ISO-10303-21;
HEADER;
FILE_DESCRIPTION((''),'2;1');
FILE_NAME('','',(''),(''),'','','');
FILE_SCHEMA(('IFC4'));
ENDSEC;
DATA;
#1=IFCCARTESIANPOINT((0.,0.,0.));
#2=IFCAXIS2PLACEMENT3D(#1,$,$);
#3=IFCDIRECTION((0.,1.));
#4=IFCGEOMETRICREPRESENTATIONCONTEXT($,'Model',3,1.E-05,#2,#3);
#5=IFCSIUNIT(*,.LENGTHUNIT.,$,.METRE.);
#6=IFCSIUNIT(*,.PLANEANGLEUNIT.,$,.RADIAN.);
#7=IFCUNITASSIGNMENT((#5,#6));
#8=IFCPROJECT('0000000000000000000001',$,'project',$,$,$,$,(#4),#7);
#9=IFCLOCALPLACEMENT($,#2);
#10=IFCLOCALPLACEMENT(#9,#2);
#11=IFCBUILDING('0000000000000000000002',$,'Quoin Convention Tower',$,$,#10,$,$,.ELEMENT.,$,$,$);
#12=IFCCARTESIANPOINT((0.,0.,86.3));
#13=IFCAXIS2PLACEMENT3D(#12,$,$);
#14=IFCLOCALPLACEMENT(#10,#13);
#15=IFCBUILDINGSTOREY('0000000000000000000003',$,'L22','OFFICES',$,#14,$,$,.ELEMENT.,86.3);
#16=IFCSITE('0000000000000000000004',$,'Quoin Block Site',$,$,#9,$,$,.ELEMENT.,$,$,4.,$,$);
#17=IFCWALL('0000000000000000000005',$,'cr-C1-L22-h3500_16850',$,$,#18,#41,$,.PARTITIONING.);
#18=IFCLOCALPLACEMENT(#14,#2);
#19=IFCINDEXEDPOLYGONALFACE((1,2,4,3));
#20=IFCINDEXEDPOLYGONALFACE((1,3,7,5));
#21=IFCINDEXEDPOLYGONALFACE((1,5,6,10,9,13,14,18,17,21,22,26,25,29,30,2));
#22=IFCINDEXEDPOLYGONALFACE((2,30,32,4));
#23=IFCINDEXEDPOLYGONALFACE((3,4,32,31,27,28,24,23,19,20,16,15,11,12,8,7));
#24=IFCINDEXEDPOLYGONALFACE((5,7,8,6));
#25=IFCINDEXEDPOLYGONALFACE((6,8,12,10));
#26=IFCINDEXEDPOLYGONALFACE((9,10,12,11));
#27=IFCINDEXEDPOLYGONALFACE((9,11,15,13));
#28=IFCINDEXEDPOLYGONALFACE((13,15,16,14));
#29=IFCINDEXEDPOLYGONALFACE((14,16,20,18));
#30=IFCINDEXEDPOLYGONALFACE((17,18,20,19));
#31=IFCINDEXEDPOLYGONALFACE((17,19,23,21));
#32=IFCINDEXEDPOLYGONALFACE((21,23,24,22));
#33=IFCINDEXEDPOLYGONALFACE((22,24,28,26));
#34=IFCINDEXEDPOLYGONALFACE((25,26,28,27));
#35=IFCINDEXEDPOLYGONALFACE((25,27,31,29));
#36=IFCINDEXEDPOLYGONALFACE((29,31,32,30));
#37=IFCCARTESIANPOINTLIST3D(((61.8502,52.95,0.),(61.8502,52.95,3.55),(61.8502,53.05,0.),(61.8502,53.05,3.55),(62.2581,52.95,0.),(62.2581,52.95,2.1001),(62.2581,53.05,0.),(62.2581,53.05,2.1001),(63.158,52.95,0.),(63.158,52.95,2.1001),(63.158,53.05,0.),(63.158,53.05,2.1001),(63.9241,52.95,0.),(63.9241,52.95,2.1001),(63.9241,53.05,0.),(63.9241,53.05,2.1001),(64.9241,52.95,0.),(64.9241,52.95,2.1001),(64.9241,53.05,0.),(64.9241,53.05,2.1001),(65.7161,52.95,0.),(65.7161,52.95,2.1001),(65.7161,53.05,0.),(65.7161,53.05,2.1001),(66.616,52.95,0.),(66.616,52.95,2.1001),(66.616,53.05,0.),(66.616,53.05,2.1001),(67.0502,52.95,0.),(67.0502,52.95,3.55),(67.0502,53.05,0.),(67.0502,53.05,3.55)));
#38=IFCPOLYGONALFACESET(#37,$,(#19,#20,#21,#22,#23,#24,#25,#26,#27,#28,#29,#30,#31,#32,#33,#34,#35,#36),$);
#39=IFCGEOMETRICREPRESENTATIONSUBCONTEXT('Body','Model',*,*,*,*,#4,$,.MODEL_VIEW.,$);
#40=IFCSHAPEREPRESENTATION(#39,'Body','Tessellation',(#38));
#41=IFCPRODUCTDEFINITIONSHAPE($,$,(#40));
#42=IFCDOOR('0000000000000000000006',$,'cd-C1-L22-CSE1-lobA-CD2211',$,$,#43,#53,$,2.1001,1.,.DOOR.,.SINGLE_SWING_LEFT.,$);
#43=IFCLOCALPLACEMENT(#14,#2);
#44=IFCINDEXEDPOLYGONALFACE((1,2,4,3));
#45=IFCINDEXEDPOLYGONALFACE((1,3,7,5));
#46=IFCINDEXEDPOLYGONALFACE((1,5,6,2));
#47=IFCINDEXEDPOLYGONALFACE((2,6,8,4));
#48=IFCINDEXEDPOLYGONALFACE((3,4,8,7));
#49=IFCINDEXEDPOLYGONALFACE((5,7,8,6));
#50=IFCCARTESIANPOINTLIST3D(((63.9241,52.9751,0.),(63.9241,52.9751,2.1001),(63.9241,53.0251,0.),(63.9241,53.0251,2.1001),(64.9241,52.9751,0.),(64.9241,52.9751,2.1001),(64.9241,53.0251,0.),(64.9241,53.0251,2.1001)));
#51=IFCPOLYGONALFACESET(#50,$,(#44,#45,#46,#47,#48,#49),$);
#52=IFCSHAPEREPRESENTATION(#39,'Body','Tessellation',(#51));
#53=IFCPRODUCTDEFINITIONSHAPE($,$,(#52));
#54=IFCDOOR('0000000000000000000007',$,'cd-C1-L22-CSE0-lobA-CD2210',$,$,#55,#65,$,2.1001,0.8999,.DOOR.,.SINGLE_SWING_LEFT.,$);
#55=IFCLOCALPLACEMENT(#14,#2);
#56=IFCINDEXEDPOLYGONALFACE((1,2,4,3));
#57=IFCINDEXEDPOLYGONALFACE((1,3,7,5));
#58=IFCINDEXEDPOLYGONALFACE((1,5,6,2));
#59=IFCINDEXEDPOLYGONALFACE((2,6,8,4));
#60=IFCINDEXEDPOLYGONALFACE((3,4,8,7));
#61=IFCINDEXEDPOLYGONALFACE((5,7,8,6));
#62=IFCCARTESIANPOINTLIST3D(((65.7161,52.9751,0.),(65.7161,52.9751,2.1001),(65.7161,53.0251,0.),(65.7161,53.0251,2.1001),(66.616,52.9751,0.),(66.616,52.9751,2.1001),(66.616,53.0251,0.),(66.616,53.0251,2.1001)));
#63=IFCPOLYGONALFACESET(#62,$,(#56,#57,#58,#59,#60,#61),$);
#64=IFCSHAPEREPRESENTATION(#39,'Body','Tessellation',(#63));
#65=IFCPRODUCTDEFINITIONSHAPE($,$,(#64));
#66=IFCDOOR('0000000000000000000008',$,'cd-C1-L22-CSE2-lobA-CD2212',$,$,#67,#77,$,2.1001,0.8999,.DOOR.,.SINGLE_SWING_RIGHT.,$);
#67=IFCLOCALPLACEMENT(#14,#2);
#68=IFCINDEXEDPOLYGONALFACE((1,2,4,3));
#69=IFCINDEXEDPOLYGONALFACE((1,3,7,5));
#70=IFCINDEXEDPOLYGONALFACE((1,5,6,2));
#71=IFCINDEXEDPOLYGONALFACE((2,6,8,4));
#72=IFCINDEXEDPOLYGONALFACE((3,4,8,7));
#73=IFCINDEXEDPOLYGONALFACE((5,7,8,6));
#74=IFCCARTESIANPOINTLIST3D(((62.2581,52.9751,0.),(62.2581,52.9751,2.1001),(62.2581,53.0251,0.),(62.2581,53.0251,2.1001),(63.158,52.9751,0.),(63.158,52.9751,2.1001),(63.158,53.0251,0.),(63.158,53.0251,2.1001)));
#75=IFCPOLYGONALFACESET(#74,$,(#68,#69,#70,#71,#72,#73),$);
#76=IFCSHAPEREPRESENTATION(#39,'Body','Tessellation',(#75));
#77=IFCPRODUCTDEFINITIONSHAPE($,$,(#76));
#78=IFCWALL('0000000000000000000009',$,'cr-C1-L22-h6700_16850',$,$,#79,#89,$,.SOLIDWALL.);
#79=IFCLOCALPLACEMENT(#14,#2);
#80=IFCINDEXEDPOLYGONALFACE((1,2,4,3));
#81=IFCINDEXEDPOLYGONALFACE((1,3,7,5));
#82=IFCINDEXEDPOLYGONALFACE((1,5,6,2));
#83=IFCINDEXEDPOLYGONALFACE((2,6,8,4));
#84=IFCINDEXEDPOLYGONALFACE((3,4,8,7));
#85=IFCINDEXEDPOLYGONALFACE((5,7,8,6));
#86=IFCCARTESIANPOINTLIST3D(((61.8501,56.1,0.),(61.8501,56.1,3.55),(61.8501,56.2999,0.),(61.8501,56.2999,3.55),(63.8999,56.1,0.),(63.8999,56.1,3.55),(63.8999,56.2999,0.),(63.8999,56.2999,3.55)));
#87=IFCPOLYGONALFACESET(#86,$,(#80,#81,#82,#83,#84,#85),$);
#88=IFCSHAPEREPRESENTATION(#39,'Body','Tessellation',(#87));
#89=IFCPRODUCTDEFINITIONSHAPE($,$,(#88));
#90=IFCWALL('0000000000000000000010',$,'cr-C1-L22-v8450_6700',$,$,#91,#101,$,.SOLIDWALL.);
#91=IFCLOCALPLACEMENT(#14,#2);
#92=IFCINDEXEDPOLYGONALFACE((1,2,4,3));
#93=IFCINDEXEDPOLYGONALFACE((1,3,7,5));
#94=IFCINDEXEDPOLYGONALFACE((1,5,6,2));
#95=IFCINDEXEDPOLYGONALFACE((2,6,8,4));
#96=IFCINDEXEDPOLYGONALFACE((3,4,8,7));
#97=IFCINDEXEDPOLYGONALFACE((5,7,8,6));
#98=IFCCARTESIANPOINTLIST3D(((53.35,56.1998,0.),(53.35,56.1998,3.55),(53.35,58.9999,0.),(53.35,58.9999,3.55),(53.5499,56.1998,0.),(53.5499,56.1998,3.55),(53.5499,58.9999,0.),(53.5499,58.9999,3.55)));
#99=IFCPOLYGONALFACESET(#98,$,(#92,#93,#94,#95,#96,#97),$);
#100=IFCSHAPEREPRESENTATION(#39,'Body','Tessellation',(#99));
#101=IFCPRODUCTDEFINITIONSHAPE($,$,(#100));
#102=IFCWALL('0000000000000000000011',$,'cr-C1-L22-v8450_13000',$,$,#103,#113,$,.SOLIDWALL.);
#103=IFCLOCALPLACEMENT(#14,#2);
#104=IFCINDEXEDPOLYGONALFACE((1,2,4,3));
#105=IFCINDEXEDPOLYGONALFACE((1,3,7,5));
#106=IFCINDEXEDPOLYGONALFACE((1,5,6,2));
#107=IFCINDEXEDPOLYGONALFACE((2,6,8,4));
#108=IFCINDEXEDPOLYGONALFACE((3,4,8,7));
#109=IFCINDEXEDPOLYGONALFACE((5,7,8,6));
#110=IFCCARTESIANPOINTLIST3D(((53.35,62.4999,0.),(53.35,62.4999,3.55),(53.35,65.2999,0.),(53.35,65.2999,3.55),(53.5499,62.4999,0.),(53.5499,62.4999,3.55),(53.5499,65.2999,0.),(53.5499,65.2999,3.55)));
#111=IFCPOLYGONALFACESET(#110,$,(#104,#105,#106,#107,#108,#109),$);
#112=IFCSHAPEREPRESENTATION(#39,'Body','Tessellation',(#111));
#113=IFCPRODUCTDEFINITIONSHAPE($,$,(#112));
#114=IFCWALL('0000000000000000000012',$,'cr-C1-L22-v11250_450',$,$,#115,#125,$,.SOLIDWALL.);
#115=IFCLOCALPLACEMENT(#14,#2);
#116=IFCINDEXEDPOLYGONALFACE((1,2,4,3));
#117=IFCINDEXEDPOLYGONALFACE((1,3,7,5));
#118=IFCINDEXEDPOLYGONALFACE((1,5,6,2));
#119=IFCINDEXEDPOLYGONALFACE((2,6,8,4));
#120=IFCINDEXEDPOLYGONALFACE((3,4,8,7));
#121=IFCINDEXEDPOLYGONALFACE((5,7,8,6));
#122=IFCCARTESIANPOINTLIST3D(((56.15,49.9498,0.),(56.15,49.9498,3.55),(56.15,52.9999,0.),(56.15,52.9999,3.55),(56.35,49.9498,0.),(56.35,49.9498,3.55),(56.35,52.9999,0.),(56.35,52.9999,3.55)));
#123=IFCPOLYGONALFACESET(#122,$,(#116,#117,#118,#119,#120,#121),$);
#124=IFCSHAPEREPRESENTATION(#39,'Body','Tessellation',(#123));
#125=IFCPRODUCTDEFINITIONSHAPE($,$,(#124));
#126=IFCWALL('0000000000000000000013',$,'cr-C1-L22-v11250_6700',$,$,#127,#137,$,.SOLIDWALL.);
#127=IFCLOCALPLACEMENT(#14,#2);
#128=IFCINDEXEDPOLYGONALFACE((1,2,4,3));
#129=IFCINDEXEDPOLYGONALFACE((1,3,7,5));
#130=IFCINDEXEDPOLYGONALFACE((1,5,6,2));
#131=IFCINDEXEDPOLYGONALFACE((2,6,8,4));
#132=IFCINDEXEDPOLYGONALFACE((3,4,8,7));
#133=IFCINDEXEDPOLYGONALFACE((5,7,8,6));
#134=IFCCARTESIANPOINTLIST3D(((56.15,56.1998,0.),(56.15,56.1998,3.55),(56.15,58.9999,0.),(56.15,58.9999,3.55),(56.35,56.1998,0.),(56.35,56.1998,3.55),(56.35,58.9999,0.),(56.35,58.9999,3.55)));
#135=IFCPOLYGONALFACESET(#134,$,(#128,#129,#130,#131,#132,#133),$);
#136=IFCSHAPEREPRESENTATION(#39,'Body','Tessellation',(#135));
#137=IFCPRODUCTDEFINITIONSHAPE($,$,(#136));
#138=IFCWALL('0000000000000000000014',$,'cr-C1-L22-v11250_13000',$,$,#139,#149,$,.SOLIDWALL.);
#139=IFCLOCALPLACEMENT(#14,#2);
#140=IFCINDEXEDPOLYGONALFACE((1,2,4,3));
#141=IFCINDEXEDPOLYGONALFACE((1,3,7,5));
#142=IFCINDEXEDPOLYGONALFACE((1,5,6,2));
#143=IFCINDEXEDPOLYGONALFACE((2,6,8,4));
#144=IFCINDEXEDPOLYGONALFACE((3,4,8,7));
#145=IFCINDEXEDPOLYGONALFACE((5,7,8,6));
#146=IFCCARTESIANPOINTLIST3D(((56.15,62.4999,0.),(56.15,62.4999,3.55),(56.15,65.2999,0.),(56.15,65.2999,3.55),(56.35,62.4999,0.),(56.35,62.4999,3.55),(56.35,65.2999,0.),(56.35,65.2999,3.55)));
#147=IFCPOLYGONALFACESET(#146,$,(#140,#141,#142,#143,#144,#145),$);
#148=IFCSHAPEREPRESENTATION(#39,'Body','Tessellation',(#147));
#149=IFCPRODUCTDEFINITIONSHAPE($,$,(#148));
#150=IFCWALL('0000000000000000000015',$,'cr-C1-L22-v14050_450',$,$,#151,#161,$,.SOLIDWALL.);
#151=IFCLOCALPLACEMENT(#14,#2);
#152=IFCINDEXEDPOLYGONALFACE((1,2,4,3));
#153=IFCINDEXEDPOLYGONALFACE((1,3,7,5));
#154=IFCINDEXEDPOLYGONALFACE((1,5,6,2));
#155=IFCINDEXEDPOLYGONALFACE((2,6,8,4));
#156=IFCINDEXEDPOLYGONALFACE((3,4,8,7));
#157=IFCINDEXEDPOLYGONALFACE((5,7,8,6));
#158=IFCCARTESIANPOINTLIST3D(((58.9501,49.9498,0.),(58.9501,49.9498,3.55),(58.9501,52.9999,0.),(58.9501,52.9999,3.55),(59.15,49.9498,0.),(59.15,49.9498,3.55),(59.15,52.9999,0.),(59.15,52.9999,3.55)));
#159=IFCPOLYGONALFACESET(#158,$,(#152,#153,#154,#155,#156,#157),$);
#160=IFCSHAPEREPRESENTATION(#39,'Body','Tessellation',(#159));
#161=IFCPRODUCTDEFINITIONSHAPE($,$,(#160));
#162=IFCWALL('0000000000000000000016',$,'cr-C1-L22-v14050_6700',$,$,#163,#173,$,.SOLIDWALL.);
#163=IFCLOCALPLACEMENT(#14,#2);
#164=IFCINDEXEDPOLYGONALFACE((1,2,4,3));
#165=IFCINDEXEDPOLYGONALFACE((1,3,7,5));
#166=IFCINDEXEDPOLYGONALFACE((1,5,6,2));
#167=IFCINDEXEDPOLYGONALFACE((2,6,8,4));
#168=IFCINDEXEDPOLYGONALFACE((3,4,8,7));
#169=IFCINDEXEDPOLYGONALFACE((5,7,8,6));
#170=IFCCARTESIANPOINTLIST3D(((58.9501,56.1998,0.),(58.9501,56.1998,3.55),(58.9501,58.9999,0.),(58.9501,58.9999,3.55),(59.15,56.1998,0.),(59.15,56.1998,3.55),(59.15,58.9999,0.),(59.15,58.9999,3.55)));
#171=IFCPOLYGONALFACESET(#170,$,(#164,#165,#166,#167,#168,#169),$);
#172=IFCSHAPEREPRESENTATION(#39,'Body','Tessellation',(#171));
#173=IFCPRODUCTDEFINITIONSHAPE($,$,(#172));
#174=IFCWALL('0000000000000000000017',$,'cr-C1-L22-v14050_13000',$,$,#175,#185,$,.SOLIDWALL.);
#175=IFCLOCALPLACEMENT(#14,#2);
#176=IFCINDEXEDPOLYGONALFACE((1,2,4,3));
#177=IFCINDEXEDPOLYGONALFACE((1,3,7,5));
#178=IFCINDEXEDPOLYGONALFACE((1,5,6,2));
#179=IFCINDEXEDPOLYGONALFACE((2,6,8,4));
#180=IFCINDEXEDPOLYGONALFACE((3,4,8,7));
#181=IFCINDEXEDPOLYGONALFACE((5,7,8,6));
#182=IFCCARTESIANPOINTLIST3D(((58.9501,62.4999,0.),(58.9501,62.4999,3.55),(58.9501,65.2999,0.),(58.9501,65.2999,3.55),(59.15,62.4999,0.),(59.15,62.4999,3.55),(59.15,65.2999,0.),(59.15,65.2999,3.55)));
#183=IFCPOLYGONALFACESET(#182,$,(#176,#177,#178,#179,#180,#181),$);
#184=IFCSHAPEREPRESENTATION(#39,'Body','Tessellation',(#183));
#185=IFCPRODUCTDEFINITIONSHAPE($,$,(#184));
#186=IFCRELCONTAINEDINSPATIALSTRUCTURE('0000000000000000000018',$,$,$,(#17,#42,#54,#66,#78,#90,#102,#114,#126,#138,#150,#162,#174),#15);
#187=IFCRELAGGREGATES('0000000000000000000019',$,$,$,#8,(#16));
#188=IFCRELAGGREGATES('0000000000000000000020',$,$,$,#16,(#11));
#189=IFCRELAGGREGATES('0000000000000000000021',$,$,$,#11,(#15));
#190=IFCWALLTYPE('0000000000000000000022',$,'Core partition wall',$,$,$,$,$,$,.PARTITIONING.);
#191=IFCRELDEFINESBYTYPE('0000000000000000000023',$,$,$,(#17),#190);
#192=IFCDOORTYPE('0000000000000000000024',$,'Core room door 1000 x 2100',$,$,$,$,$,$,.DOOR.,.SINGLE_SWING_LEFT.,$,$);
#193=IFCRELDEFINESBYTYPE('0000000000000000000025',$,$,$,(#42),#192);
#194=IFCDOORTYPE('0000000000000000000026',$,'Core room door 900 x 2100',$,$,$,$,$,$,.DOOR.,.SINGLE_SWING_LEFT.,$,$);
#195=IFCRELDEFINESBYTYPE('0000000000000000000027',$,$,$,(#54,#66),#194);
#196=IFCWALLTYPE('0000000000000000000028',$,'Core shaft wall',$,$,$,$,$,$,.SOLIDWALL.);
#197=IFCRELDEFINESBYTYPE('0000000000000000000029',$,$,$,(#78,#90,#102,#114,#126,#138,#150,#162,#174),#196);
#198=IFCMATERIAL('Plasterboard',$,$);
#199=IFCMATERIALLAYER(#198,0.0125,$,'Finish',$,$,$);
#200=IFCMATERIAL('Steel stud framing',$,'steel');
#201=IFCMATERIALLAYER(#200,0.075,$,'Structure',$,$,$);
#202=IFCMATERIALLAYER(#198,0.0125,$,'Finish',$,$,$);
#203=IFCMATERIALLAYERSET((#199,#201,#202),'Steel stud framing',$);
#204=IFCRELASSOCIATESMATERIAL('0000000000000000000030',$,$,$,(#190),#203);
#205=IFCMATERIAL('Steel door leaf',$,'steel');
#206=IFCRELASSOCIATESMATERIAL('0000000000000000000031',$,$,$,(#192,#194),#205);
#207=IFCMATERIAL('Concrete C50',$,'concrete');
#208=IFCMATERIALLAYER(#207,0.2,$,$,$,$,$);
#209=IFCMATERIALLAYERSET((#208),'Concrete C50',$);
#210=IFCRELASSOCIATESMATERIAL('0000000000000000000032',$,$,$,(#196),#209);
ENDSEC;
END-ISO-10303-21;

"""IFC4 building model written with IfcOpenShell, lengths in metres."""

from ifc_helpers import new_model, si_unit, direction, frame, frame_2d, origin, place, context, subcontext, project, spatial, rectangle, extrude, material, layer, layer_set, type_object, element, fill, save


model = new_model("IFC4")

# Units and contexts
model_context = context("Model", 3, precision=1e-05, world=origin(), true_north=direction((0.0, 1.0)))
body_context = subcontext(model_context, "Body", "Model", "MODEL_VIEW")
ifc_project = project(units=[si_unit("LENGTHUNIT", "METRE"), si_unit("PLANEANGLEUNIT", "RADIAN")], contexts=[model_context])

# Site, building, storey
site_placement = place(None, origin())
site = spatial("IfcSite", under=ifc_project, at=site_placement, Name="Quoin Block Site", CompositionType="ELEMENT", RefElevation=4.0)
building_placement = place(site_placement, origin())
building = spatial("IfcBuilding", under=site, at=building_placement, Name="Quoin Convention Tower", CompositionType="ELEMENT")
storey_placement = place(building_placement, frame((0.0, 0.0, 86.3)))
storey = spatial("IfcBuildingStorey", under=building, at=storey_placement, Name="L22", Description="OFFICES", CompositionType="ELEMENT", Elevation=86.3)

# Wall, openings, doors
ifc_material_1 = material(Name="Plasterboard")
ifc_layer_1 = layer(ifc_material_1, 0.0125, Name="Finish")
ifc_material_2 = material(Name="Steel stud framing", Category="steel")
ifc_layer_2 = layer(ifc_material_2, 0.075, Name="Structure")
ifc_layer_3 = layer(ifc_material_1, 0.0125, Name="Finish")
ifc_layer_set_1 = layer_set([ifc_layer_1, ifc_layer_2, ifc_layer_3], Name="Steel stud framing")
wall_type_1 = type_object("IfcWallType", Name="Core partition wall", PredefinedType="PARTITIONING", material=ifc_layer_set_1)
wall_1_placement = place(storey_placement, frame((61.8501, 53.0, 0.0), z_axis=(0.0, 0.0, 1.0), x_axis=(1.0, 0.0, 0.0)))
wall_1 = element("IfcWall", 1, at=wall_1_placement, inside=storey, type_object=wall_type_1, Name="cr-C1-L22-h3500_16850", PredefinedType="PARTITIONING", context=body_context, shape_type="SweptSolid", body=[
    extrude(rectangle(XDim=5.2, YDim=0.1001, at=frame_2d((2.6001, 0.0))), origin(), (0.0, 0.0, 1.0), 3.55),
])
opening_1_placement = place(wall_1_placement, frame((3.866, 0.0, 0.0)))
opening_1 = element("IfcOpeningElement", 2, at=opening_1_placement, cuts=wall_1, PredefinedType="OPENING", context=body_context, shape_type="SweptSolid", body=[
    extrude(rectangle(XDim=0.8999, YDim=2.1001, at=frame_2d((0.45, 1.05))), frame((0.0, 0.0601, 0.0), z_axis=(0.0, -1.0, 0.0), x_axis=(1.0, 0.0, 0.0)), (0.0, 0.0, 1.0), 0.1201),
])
opening_2_placement = place(wall_1_placement, frame((2.074, 0.0, 0.0)))
opening_2 = element("IfcOpeningElement", 3, at=opening_2_placement, cuts=wall_1, PredefinedType="OPENING", context=body_context, shape_type="SweptSolid", body=[
    extrude(rectangle(XDim=1.0, YDim=2.1001, at=frame_2d((0.5, 1.05))), frame((0.0, 0.0601, 0.0), z_axis=(0.0, -1.0, 0.0), x_axis=(1.0, 0.0, 0.0)), (0.0, 0.0, 1.0), 0.1201),
])
opening_3_placement = place(wall_1_placement, frame((0.408, 0.0, 0.0)))
opening_3 = element("IfcOpeningElement", 4, at=opening_3_placement, cuts=wall_1, PredefinedType="OPENING", context=body_context, shape_type="SweptSolid", body=[
    extrude(rectangle(XDim=0.8999, YDim=2.1001, at=frame_2d((0.45, 1.05))), frame((0.0, 0.0601, 0.0), z_axis=(0.0, -1.0, 0.0), x_axis=(1.0, 0.0, 0.0)), (0.0, 0.0, 1.0), 0.1201),
])
ifc_material_3 = material(Name="Steel door leaf", Category="steel")
door_type_1 = type_object("IfcDoorType", Name="Core room door 1000 x 2100", OperationType="SINGLE_SWING_LEFT", PredefinedType="DOOR", material=ifc_material_3)
door_1_placement = place(opening_2_placement, frame((1.0, 0.0, 0.0), z_axis=(0.0, 0.0, 1.0), x_axis=(-1.0, 0.0, 0.0)))
door_1 = element("IfcDoor", 5, at=door_1_placement, inside=storey, type_object=door_type_1, Name="cd-C1-L22-CSE1-lobA-CD2211", OperationType="SINGLE_SWING_LEFT", OverallHeight=2.1001, OverallWidth=1.0, PredefinedType="DOOR", context=body_context, shape_type="SweptSolid", body=[
    extrude(rectangle(XDim=1.0, YDim=2.1001, at=frame_2d((0.5, 1.05))), frame((0.0, 0.0249, 0.0), z_axis=(0.0, -1.0, 0.0), x_axis=(1.0, 0.0, 0.0)), (0.0, 0.0, 1.0), 0.05),
])
fill(opening_2, door_1)
door_type_2 = type_object("IfcDoorType", Name="Core room door 900 x 2100", OperationType="SINGLE_SWING_LEFT", PredefinedType="DOOR", material=ifc_material_3)
door_2_placement = place(opening_1_placement, frame((0.8999, 0.0, 0.0), z_axis=(0.0, 0.0, 1.0), x_axis=(-1.0, 0.0, 0.0)))
door_2 = element("IfcDoor", 6, at=door_2_placement, inside=storey, type_object=door_type_2, Name="cd-C1-L22-CSE0-lobA-CD2210", OperationType="SINGLE_SWING_LEFT", OverallHeight=2.1001, OverallWidth=0.8999, PredefinedType="DOOR", context=body_context, shape_type="SweptSolid", body=[
    extrude(rectangle(XDim=0.8999, YDim=2.1001, at=frame_2d((0.45, 1.05))), frame((0.0, 0.0249, 0.0), z_axis=(0.0, -1.0, 0.0), x_axis=(1.0, 0.0, 0.0)), (0.0, 0.0, 1.0), 0.05),
])
fill(opening_1, door_2)
door_3_placement = place(opening_3_placement, frame((0.8999, 0.0, 0.0), z_axis=(0.0, 0.0, 1.0), x_axis=(-1.0, 0.0, 0.0)))
door_3 = element("IfcDoor", 7, at=door_3_placement, inside=storey, type_object=door_type_2, Name="cd-C1-L22-CSE2-lobA-CD2212", OperationType="SINGLE_SWING_RIGHT", OverallHeight=2.1001, OverallWidth=0.8999, PredefinedType="DOOR", context=body_context, shape_type="SweptSolid", body=[
    extrude(rectangle(XDim=0.8999, YDim=2.1001, at=frame_2d((0.45, 1.05))), frame((0.0, 0.0249, 0.0), z_axis=(0.0, -1.0, 0.0), x_axis=(1.0, 0.0, 0.0)), (0.0, 0.0, 1.0), 0.05),
])
fill(opening_3, door_3)

# Walls
ifc_material_4 = material(Name="Concrete C50", Category="concrete")
ifc_layer_4 = layer(ifc_material_4, 0.2)
ifc_layer_set_2 = layer_set([ifc_layer_4], Name="Concrete C50")
wall_type_2 = type_object("IfcWallType", Name="Core shaft wall", PredefinedType="SOLIDWALL", material=ifc_layer_set_2)
wall_2_placement = place(storey_placement, frame((61.8501, 56.2, 0.0), z_axis=(0.0, 0.0, 1.0), x_axis=(1.0, 0.0, 0.0)))
element("IfcWall", 8, at=wall_2_placement, inside=storey, type_object=wall_type_2, Name="cr-C1-L22-h6700_16850", PredefinedType="SOLIDWALL", context=body_context, shape_type="SweptSolid", body=[
    extrude(rectangle(XDim=2.0498, YDim=0.2, at=frame_2d((1.0249, 0.0))), origin(), (0.0, 0.0, 1.0), 3.55),
])
for number, where, z_axis, x_axis, name in (
    (9, (53.45, 56.2, 0.0), (0.0, 0.0, 1.0), (0.0, 1.0, 0.0), "cr-C1-L22-v8450_6700"),
    (10, (53.45, 62.5, 0.0), (0.0, 0.0, 1.0), (0.0, 1.0, 0.0), "cr-C1-L22-v8450_13000"),
):
    element("IfcWall", number, at=place(storey_placement, frame(where, z_axis=z_axis, x_axis=x_axis)), inside=storey, type_object=wall_type_2, Name=name, PredefinedType="SOLIDWALL", context=body_context, shape_type="SweptSolid", body=[
        extrude(rectangle(XDim=2.8, YDim=0.2, at=frame_2d((1.3999, 0.0))), origin(), (0.0, 0.0, 1.0), 3.55),
    ])
wall_3_placement = place(storey_placement, frame((56.25, 49.95, 0.0), z_axis=(0.0, 0.0, 1.0), x_axis=(0.0, 1.0, 0.0)))
element("IfcWall", 11, at=wall_3_placement, inside=storey, type_object=wall_type_2, Name="cr-C1-L22-v11250_450", PredefinedType="SOLIDWALL", context=body_context, shape_type="SweptSolid", body=[
    extrude(rectangle(XDim=3.05, YDim=0.2, at=frame_2d((1.5249, 0.0))), origin(), (0.0, 0.0, 1.0), 3.55),
])
for number, where, z_axis, x_axis, name in (
    (12, (56.25, 56.2, 0.0), (0.0, 0.0, 1.0), (0.0, 1.0, 0.0), "cr-C1-L22-v11250_6700"),
    (13, (56.25, 62.5, 0.0), (0.0, 0.0, 1.0), (0.0, 1.0, 0.0), "cr-C1-L22-v11250_13000"),
):
    element("IfcWall", number, at=place(storey_placement, frame(where, z_axis=z_axis, x_axis=x_axis)), inside=storey, type_object=wall_type_2, Name=name, PredefinedType="SOLIDWALL", context=body_context, shape_type="SweptSolid", body=[
        extrude(rectangle(XDim=2.8, YDim=0.2, at=frame_2d((1.3999, 0.0))), origin(), (0.0, 0.0, 1.0), 3.55),
    ])
wall_4_placement = place(storey_placement, frame((59.05, 49.95, 0.0), z_axis=(0.0, 0.0, 1.0), x_axis=(0.0, 1.0, 0.0)))
element("IfcWall", 14, at=wall_4_placement, inside=storey, type_object=wall_type_2, Name="cr-C1-L22-v14050_450", PredefinedType="SOLIDWALL", context=body_context, shape_type="SweptSolid", body=[
    extrude(rectangle(XDim=3.05, YDim=0.2, at=frame_2d((1.5249, 0.0))), origin(), (0.0, 0.0, 1.0), 3.55),
])
for number, where, z_axis, x_axis, name in (
    (15, (59.05, 56.2, 0.0), (0.0, 0.0, 1.0), (0.0, 1.0, 0.0), "cr-C1-L22-v14050_6700"),
    (16, (59.05, 62.5, 0.0), (0.0, 0.0, 1.0), (0.0, 1.0, 0.0), "cr-C1-L22-v14050_13000"),
):
    element("IfcWall", number, at=place(storey_placement, frame(where, z_axis=z_axis, x_axis=x_axis)), inside=storey, type_object=wall_type_2, Name=name, PredefinedType="SOLIDWALL", context=body_context, shape_type="SweptSolid", body=[
        extrude(rectangle(XDim=2.8, YDim=0.2, at=frame_2d((1.3999, 0.0))), origin(), (0.0, 0.0, 1.0), 3.55),
    ])

save(model, "model.ifc")
